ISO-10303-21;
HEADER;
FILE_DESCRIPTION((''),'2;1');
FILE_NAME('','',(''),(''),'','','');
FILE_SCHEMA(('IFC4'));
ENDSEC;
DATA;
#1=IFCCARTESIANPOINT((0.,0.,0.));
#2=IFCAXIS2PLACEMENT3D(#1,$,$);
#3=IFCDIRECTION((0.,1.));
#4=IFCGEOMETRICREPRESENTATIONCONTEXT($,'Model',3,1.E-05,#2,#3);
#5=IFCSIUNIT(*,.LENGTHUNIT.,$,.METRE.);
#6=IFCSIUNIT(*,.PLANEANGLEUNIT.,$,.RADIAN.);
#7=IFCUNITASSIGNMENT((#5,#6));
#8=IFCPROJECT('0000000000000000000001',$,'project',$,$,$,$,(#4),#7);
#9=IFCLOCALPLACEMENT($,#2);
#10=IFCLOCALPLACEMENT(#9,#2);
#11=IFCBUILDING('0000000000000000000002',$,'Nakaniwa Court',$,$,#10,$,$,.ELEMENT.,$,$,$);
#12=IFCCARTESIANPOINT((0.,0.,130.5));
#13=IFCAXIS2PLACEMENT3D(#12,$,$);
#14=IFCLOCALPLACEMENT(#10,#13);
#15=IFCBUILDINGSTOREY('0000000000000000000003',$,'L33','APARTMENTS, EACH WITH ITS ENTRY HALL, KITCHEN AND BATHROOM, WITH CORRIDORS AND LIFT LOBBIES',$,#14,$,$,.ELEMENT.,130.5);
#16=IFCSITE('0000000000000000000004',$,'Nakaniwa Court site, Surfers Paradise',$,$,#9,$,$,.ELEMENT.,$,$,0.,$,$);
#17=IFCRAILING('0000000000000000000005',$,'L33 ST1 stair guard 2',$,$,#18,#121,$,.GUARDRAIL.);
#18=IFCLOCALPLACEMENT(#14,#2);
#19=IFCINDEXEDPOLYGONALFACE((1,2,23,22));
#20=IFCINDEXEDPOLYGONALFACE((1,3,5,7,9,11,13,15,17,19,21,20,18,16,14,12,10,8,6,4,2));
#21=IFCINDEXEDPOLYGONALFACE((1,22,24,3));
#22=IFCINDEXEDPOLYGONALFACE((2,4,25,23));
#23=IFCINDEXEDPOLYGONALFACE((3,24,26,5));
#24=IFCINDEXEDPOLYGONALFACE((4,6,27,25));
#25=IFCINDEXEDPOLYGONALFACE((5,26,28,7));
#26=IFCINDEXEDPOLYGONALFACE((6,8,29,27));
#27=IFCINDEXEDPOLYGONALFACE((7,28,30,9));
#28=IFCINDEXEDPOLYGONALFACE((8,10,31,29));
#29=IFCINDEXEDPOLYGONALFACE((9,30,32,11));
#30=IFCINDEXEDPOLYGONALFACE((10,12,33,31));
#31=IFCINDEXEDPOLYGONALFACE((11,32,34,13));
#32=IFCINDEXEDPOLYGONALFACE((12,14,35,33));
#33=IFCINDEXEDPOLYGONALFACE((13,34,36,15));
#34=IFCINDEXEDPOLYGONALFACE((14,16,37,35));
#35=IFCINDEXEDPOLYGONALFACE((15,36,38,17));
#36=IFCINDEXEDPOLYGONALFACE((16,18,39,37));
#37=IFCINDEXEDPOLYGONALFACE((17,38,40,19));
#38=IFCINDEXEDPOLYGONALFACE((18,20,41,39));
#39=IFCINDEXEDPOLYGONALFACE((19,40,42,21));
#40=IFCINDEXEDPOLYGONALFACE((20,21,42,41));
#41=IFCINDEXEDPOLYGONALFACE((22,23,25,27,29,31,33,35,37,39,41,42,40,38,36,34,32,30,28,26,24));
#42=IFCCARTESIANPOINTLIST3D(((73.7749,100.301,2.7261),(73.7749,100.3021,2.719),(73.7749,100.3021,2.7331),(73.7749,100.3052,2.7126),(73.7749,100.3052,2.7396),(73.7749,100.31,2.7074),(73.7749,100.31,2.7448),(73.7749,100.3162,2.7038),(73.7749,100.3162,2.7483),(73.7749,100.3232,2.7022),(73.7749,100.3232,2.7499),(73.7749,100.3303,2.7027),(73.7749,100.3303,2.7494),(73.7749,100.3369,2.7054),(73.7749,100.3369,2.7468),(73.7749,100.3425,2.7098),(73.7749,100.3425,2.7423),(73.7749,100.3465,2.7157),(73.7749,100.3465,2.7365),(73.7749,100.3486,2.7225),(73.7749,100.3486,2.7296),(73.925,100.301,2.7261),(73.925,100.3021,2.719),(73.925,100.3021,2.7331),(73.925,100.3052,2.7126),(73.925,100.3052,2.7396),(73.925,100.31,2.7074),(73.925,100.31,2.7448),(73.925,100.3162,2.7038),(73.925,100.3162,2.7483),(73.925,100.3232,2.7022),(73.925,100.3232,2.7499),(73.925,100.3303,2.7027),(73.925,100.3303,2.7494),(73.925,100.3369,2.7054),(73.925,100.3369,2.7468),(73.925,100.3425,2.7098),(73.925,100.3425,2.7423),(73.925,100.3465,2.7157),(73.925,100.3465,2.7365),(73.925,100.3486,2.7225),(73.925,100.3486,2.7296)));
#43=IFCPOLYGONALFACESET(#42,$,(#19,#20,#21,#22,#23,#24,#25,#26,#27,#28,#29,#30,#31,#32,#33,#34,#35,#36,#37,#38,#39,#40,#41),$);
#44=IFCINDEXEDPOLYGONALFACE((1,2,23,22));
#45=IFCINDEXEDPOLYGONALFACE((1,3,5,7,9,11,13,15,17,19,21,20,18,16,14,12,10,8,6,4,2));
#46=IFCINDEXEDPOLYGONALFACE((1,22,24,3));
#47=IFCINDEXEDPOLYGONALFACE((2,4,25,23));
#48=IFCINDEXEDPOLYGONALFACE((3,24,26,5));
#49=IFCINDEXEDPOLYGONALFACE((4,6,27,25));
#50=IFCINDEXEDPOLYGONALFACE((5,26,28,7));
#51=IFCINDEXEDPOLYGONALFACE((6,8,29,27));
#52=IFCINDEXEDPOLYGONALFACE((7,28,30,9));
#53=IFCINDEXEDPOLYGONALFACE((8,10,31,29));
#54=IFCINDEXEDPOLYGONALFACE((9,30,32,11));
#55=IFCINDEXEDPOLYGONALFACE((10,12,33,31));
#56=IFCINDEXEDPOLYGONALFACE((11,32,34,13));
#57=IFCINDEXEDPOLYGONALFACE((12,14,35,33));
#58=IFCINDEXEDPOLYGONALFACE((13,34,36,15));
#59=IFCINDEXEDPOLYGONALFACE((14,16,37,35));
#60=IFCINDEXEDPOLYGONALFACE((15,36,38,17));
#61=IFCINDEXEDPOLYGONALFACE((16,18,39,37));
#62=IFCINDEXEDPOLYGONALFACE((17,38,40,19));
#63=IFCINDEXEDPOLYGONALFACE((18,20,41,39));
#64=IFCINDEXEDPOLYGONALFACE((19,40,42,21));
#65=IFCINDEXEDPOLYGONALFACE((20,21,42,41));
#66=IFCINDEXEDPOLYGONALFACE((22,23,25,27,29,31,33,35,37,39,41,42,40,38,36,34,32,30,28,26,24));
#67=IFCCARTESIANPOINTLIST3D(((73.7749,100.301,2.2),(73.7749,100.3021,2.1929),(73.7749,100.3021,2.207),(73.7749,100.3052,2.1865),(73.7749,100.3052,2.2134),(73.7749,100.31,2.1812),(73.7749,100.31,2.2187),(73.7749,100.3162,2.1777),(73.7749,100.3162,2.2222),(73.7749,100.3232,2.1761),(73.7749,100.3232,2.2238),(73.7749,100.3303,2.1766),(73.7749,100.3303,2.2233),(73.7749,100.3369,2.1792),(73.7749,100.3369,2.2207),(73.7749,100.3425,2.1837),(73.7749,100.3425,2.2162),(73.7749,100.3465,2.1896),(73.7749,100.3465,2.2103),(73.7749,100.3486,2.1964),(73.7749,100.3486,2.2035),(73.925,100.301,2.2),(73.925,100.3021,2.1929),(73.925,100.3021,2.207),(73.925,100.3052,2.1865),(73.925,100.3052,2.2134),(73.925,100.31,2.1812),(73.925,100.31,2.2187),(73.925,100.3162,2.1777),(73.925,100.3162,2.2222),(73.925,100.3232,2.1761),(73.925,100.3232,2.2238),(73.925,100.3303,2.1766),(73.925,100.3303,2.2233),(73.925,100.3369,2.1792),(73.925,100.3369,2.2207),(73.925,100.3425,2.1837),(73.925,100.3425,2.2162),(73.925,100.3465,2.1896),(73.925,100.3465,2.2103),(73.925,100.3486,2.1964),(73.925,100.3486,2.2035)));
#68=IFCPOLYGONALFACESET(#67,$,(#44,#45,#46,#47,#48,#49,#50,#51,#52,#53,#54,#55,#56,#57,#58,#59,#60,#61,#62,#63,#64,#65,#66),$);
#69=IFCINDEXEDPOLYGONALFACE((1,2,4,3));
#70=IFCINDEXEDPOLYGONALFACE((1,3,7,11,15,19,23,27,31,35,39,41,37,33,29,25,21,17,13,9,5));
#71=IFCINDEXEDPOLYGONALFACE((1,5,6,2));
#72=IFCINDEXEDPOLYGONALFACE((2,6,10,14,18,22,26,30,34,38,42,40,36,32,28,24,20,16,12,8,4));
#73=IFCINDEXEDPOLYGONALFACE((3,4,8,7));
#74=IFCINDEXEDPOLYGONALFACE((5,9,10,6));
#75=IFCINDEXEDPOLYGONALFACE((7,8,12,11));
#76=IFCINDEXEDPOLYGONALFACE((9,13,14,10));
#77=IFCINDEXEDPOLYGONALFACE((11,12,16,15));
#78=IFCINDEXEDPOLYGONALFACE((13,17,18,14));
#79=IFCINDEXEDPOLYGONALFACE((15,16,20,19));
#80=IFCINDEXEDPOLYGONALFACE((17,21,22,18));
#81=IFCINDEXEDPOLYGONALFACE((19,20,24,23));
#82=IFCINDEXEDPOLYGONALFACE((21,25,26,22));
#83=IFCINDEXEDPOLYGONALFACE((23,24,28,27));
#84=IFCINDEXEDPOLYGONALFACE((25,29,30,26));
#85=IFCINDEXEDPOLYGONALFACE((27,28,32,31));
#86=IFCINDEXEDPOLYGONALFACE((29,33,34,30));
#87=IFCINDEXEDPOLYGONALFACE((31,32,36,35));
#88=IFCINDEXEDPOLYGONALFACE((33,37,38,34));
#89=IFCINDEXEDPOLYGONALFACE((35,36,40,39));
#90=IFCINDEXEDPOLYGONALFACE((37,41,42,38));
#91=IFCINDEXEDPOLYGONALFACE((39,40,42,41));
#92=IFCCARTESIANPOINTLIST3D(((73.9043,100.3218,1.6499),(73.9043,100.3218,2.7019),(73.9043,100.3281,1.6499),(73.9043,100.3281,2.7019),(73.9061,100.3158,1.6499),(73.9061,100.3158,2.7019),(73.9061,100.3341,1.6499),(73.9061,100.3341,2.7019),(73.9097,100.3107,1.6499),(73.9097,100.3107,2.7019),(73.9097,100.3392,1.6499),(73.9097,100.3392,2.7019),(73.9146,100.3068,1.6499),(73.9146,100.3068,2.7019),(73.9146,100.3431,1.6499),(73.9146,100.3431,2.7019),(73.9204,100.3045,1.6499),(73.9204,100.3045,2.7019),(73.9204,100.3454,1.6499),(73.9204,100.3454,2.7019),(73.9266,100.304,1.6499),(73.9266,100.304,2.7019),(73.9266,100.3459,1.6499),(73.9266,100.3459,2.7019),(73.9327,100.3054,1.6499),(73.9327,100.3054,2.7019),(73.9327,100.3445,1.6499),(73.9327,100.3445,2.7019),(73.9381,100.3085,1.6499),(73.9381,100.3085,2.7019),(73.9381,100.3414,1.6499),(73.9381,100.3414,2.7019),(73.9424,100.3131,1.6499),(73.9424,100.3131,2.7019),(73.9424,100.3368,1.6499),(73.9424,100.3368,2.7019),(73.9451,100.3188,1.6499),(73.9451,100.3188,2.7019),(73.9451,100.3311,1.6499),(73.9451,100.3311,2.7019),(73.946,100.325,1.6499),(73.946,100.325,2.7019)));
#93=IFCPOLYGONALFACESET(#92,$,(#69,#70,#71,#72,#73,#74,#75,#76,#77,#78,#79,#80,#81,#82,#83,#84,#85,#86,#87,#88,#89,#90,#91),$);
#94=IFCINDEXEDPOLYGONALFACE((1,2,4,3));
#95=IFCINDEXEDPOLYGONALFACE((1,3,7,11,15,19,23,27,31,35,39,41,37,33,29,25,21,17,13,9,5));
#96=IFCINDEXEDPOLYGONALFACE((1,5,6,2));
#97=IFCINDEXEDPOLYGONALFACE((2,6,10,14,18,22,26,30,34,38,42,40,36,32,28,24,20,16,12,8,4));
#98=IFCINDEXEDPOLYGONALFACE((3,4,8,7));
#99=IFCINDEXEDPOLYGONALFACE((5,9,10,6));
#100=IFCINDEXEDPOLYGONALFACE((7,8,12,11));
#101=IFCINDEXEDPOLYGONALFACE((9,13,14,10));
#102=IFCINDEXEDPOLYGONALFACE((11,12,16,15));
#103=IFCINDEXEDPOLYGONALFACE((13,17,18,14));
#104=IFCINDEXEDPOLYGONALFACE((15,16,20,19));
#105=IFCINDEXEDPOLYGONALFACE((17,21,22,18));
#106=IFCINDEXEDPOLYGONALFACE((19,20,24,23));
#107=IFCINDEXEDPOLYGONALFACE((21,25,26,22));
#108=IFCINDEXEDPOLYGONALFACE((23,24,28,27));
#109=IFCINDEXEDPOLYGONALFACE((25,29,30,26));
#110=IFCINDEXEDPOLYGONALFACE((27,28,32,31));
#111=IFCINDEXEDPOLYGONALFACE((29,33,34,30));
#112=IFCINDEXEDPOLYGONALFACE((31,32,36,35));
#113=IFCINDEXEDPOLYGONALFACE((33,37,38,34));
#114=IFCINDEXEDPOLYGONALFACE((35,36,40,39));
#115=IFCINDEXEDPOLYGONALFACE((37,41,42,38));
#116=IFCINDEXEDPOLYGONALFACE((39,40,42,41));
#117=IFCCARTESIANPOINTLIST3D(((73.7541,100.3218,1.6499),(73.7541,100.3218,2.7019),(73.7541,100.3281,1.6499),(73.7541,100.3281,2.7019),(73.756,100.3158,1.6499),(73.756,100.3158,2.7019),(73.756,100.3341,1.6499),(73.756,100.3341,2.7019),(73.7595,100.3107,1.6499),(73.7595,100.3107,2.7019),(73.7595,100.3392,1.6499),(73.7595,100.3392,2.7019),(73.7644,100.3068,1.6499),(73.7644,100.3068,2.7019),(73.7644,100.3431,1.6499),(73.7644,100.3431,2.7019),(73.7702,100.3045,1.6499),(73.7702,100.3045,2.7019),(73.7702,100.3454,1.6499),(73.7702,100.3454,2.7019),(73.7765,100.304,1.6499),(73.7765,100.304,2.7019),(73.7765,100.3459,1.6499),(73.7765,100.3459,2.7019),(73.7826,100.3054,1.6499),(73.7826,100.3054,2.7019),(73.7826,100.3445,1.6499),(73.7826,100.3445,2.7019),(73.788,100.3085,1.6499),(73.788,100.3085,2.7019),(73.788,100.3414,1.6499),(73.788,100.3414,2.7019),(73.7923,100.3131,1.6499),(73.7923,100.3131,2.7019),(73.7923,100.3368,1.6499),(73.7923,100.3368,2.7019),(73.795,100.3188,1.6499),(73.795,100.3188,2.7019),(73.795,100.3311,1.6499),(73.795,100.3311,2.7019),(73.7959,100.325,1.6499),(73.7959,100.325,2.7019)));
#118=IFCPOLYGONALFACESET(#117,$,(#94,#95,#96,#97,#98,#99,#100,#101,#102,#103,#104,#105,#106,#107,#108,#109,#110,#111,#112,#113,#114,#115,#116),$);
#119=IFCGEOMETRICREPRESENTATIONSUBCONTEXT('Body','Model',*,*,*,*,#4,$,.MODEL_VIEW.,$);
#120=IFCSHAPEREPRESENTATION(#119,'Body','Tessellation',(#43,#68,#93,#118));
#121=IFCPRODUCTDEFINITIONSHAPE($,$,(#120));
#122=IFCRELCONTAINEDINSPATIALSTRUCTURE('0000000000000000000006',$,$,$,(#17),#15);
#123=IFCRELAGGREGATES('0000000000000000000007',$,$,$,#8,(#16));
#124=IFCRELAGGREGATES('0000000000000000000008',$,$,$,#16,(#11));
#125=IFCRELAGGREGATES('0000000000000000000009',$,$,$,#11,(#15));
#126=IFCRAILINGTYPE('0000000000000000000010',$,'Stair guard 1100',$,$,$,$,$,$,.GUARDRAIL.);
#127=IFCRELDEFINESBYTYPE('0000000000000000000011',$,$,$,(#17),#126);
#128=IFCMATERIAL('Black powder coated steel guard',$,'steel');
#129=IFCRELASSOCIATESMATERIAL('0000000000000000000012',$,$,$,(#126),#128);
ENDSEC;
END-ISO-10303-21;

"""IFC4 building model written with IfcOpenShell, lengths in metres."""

from ifc_helpers import new_model, si_unit, direction, frame, origin, origin_2d, place, context, subcontext, project, spatial, circle, extrude, material, type_object, element, save


model = new_model("IFC4")

# Units and contexts
model_context = context("Model", 3, precision=1e-05, world=origin(), true_north=direction((0.0, 1.0)))
body_context = subcontext(model_context, "Body", "Model", "MODEL_VIEW")
ifc_project = project(units=[si_unit("LENGTHUNIT", "METRE"), si_unit("PLANEANGLEUNIT", "RADIAN")], contexts=[model_context])

# Site, building, storey
site_placement = place(None, origin())
site = spatial("IfcSite", under=ifc_project, at=site_placement, Name="Nakaniwa Court site, Surfers Paradise", CompositionType="ELEMENT", RefElevation=0.0)
building_placement = place(site_placement, origin())
building = spatial("IfcBuilding", under=site, at=building_placement, Name="Nakaniwa Court", CompositionType="ELEMENT")
storey_placement = place(building_placement, frame((0.0, 0.0, 130.5)))
storey = spatial("IfcBuildingStorey", under=building, at=storey_placement, Name="L33", Description="APARTMENTS, EACH WITH ITS ENTRY HALL, KITCHEN AND BATHROOM, WITH CORRIDORS AND LIFT LOBBIES", CompositionType="ELEMENT", Elevation=130.5)

# Railing
ifc_material_1 = material(Name="Black powder coated steel guard", Category="steel")
railing_type_1 = type_object("IfcRailingType", Name="Stair guard 1100", PredefinedType="GUARDRAIL", material=ifc_material_1)
railing_1_placement = place(storey_placement, frame((73.925, 100.325, 1.6499)))
element("IfcRailing", 1, at=railing_1_placement, inside=storey, type_object=railing_type_1, Name="L33 ST1 stair guard 2", PredefinedType="GUARDRAIL", context=body_context, shape_type="SweptSolid", body=[
    extrude(circle(Radius=0.0239, at=origin_2d()), frame((0.0, 0.0, 1.0762), z_axis=(-1.0, 0.0, 0.0), x_axis=(0.0, -1.0, 0.0)), (0.0, 0.0, 1.0), 0.1501),
    extrude(circle(Radius=0.0239, at=origin_2d()), frame((0.0, 0.0, 0.55), z_axis=(-1.0, 0.0, 0.0), x_axis=(0.0, -1.0, 0.0)), (0.0, 0.0, 1.0), 0.1501),
    extrude(circle(Radius=0.021, at=origin_2d()), origin(), (0.0, 0.0, 1.0), 1.052),
    extrude(circle(Radius=0.021, at=origin_2d()), frame((-0.1501, 0.0, 0.0)), (0.0, 0.0, 1.0), 1.052),
])

save(model, "model.ifc")
